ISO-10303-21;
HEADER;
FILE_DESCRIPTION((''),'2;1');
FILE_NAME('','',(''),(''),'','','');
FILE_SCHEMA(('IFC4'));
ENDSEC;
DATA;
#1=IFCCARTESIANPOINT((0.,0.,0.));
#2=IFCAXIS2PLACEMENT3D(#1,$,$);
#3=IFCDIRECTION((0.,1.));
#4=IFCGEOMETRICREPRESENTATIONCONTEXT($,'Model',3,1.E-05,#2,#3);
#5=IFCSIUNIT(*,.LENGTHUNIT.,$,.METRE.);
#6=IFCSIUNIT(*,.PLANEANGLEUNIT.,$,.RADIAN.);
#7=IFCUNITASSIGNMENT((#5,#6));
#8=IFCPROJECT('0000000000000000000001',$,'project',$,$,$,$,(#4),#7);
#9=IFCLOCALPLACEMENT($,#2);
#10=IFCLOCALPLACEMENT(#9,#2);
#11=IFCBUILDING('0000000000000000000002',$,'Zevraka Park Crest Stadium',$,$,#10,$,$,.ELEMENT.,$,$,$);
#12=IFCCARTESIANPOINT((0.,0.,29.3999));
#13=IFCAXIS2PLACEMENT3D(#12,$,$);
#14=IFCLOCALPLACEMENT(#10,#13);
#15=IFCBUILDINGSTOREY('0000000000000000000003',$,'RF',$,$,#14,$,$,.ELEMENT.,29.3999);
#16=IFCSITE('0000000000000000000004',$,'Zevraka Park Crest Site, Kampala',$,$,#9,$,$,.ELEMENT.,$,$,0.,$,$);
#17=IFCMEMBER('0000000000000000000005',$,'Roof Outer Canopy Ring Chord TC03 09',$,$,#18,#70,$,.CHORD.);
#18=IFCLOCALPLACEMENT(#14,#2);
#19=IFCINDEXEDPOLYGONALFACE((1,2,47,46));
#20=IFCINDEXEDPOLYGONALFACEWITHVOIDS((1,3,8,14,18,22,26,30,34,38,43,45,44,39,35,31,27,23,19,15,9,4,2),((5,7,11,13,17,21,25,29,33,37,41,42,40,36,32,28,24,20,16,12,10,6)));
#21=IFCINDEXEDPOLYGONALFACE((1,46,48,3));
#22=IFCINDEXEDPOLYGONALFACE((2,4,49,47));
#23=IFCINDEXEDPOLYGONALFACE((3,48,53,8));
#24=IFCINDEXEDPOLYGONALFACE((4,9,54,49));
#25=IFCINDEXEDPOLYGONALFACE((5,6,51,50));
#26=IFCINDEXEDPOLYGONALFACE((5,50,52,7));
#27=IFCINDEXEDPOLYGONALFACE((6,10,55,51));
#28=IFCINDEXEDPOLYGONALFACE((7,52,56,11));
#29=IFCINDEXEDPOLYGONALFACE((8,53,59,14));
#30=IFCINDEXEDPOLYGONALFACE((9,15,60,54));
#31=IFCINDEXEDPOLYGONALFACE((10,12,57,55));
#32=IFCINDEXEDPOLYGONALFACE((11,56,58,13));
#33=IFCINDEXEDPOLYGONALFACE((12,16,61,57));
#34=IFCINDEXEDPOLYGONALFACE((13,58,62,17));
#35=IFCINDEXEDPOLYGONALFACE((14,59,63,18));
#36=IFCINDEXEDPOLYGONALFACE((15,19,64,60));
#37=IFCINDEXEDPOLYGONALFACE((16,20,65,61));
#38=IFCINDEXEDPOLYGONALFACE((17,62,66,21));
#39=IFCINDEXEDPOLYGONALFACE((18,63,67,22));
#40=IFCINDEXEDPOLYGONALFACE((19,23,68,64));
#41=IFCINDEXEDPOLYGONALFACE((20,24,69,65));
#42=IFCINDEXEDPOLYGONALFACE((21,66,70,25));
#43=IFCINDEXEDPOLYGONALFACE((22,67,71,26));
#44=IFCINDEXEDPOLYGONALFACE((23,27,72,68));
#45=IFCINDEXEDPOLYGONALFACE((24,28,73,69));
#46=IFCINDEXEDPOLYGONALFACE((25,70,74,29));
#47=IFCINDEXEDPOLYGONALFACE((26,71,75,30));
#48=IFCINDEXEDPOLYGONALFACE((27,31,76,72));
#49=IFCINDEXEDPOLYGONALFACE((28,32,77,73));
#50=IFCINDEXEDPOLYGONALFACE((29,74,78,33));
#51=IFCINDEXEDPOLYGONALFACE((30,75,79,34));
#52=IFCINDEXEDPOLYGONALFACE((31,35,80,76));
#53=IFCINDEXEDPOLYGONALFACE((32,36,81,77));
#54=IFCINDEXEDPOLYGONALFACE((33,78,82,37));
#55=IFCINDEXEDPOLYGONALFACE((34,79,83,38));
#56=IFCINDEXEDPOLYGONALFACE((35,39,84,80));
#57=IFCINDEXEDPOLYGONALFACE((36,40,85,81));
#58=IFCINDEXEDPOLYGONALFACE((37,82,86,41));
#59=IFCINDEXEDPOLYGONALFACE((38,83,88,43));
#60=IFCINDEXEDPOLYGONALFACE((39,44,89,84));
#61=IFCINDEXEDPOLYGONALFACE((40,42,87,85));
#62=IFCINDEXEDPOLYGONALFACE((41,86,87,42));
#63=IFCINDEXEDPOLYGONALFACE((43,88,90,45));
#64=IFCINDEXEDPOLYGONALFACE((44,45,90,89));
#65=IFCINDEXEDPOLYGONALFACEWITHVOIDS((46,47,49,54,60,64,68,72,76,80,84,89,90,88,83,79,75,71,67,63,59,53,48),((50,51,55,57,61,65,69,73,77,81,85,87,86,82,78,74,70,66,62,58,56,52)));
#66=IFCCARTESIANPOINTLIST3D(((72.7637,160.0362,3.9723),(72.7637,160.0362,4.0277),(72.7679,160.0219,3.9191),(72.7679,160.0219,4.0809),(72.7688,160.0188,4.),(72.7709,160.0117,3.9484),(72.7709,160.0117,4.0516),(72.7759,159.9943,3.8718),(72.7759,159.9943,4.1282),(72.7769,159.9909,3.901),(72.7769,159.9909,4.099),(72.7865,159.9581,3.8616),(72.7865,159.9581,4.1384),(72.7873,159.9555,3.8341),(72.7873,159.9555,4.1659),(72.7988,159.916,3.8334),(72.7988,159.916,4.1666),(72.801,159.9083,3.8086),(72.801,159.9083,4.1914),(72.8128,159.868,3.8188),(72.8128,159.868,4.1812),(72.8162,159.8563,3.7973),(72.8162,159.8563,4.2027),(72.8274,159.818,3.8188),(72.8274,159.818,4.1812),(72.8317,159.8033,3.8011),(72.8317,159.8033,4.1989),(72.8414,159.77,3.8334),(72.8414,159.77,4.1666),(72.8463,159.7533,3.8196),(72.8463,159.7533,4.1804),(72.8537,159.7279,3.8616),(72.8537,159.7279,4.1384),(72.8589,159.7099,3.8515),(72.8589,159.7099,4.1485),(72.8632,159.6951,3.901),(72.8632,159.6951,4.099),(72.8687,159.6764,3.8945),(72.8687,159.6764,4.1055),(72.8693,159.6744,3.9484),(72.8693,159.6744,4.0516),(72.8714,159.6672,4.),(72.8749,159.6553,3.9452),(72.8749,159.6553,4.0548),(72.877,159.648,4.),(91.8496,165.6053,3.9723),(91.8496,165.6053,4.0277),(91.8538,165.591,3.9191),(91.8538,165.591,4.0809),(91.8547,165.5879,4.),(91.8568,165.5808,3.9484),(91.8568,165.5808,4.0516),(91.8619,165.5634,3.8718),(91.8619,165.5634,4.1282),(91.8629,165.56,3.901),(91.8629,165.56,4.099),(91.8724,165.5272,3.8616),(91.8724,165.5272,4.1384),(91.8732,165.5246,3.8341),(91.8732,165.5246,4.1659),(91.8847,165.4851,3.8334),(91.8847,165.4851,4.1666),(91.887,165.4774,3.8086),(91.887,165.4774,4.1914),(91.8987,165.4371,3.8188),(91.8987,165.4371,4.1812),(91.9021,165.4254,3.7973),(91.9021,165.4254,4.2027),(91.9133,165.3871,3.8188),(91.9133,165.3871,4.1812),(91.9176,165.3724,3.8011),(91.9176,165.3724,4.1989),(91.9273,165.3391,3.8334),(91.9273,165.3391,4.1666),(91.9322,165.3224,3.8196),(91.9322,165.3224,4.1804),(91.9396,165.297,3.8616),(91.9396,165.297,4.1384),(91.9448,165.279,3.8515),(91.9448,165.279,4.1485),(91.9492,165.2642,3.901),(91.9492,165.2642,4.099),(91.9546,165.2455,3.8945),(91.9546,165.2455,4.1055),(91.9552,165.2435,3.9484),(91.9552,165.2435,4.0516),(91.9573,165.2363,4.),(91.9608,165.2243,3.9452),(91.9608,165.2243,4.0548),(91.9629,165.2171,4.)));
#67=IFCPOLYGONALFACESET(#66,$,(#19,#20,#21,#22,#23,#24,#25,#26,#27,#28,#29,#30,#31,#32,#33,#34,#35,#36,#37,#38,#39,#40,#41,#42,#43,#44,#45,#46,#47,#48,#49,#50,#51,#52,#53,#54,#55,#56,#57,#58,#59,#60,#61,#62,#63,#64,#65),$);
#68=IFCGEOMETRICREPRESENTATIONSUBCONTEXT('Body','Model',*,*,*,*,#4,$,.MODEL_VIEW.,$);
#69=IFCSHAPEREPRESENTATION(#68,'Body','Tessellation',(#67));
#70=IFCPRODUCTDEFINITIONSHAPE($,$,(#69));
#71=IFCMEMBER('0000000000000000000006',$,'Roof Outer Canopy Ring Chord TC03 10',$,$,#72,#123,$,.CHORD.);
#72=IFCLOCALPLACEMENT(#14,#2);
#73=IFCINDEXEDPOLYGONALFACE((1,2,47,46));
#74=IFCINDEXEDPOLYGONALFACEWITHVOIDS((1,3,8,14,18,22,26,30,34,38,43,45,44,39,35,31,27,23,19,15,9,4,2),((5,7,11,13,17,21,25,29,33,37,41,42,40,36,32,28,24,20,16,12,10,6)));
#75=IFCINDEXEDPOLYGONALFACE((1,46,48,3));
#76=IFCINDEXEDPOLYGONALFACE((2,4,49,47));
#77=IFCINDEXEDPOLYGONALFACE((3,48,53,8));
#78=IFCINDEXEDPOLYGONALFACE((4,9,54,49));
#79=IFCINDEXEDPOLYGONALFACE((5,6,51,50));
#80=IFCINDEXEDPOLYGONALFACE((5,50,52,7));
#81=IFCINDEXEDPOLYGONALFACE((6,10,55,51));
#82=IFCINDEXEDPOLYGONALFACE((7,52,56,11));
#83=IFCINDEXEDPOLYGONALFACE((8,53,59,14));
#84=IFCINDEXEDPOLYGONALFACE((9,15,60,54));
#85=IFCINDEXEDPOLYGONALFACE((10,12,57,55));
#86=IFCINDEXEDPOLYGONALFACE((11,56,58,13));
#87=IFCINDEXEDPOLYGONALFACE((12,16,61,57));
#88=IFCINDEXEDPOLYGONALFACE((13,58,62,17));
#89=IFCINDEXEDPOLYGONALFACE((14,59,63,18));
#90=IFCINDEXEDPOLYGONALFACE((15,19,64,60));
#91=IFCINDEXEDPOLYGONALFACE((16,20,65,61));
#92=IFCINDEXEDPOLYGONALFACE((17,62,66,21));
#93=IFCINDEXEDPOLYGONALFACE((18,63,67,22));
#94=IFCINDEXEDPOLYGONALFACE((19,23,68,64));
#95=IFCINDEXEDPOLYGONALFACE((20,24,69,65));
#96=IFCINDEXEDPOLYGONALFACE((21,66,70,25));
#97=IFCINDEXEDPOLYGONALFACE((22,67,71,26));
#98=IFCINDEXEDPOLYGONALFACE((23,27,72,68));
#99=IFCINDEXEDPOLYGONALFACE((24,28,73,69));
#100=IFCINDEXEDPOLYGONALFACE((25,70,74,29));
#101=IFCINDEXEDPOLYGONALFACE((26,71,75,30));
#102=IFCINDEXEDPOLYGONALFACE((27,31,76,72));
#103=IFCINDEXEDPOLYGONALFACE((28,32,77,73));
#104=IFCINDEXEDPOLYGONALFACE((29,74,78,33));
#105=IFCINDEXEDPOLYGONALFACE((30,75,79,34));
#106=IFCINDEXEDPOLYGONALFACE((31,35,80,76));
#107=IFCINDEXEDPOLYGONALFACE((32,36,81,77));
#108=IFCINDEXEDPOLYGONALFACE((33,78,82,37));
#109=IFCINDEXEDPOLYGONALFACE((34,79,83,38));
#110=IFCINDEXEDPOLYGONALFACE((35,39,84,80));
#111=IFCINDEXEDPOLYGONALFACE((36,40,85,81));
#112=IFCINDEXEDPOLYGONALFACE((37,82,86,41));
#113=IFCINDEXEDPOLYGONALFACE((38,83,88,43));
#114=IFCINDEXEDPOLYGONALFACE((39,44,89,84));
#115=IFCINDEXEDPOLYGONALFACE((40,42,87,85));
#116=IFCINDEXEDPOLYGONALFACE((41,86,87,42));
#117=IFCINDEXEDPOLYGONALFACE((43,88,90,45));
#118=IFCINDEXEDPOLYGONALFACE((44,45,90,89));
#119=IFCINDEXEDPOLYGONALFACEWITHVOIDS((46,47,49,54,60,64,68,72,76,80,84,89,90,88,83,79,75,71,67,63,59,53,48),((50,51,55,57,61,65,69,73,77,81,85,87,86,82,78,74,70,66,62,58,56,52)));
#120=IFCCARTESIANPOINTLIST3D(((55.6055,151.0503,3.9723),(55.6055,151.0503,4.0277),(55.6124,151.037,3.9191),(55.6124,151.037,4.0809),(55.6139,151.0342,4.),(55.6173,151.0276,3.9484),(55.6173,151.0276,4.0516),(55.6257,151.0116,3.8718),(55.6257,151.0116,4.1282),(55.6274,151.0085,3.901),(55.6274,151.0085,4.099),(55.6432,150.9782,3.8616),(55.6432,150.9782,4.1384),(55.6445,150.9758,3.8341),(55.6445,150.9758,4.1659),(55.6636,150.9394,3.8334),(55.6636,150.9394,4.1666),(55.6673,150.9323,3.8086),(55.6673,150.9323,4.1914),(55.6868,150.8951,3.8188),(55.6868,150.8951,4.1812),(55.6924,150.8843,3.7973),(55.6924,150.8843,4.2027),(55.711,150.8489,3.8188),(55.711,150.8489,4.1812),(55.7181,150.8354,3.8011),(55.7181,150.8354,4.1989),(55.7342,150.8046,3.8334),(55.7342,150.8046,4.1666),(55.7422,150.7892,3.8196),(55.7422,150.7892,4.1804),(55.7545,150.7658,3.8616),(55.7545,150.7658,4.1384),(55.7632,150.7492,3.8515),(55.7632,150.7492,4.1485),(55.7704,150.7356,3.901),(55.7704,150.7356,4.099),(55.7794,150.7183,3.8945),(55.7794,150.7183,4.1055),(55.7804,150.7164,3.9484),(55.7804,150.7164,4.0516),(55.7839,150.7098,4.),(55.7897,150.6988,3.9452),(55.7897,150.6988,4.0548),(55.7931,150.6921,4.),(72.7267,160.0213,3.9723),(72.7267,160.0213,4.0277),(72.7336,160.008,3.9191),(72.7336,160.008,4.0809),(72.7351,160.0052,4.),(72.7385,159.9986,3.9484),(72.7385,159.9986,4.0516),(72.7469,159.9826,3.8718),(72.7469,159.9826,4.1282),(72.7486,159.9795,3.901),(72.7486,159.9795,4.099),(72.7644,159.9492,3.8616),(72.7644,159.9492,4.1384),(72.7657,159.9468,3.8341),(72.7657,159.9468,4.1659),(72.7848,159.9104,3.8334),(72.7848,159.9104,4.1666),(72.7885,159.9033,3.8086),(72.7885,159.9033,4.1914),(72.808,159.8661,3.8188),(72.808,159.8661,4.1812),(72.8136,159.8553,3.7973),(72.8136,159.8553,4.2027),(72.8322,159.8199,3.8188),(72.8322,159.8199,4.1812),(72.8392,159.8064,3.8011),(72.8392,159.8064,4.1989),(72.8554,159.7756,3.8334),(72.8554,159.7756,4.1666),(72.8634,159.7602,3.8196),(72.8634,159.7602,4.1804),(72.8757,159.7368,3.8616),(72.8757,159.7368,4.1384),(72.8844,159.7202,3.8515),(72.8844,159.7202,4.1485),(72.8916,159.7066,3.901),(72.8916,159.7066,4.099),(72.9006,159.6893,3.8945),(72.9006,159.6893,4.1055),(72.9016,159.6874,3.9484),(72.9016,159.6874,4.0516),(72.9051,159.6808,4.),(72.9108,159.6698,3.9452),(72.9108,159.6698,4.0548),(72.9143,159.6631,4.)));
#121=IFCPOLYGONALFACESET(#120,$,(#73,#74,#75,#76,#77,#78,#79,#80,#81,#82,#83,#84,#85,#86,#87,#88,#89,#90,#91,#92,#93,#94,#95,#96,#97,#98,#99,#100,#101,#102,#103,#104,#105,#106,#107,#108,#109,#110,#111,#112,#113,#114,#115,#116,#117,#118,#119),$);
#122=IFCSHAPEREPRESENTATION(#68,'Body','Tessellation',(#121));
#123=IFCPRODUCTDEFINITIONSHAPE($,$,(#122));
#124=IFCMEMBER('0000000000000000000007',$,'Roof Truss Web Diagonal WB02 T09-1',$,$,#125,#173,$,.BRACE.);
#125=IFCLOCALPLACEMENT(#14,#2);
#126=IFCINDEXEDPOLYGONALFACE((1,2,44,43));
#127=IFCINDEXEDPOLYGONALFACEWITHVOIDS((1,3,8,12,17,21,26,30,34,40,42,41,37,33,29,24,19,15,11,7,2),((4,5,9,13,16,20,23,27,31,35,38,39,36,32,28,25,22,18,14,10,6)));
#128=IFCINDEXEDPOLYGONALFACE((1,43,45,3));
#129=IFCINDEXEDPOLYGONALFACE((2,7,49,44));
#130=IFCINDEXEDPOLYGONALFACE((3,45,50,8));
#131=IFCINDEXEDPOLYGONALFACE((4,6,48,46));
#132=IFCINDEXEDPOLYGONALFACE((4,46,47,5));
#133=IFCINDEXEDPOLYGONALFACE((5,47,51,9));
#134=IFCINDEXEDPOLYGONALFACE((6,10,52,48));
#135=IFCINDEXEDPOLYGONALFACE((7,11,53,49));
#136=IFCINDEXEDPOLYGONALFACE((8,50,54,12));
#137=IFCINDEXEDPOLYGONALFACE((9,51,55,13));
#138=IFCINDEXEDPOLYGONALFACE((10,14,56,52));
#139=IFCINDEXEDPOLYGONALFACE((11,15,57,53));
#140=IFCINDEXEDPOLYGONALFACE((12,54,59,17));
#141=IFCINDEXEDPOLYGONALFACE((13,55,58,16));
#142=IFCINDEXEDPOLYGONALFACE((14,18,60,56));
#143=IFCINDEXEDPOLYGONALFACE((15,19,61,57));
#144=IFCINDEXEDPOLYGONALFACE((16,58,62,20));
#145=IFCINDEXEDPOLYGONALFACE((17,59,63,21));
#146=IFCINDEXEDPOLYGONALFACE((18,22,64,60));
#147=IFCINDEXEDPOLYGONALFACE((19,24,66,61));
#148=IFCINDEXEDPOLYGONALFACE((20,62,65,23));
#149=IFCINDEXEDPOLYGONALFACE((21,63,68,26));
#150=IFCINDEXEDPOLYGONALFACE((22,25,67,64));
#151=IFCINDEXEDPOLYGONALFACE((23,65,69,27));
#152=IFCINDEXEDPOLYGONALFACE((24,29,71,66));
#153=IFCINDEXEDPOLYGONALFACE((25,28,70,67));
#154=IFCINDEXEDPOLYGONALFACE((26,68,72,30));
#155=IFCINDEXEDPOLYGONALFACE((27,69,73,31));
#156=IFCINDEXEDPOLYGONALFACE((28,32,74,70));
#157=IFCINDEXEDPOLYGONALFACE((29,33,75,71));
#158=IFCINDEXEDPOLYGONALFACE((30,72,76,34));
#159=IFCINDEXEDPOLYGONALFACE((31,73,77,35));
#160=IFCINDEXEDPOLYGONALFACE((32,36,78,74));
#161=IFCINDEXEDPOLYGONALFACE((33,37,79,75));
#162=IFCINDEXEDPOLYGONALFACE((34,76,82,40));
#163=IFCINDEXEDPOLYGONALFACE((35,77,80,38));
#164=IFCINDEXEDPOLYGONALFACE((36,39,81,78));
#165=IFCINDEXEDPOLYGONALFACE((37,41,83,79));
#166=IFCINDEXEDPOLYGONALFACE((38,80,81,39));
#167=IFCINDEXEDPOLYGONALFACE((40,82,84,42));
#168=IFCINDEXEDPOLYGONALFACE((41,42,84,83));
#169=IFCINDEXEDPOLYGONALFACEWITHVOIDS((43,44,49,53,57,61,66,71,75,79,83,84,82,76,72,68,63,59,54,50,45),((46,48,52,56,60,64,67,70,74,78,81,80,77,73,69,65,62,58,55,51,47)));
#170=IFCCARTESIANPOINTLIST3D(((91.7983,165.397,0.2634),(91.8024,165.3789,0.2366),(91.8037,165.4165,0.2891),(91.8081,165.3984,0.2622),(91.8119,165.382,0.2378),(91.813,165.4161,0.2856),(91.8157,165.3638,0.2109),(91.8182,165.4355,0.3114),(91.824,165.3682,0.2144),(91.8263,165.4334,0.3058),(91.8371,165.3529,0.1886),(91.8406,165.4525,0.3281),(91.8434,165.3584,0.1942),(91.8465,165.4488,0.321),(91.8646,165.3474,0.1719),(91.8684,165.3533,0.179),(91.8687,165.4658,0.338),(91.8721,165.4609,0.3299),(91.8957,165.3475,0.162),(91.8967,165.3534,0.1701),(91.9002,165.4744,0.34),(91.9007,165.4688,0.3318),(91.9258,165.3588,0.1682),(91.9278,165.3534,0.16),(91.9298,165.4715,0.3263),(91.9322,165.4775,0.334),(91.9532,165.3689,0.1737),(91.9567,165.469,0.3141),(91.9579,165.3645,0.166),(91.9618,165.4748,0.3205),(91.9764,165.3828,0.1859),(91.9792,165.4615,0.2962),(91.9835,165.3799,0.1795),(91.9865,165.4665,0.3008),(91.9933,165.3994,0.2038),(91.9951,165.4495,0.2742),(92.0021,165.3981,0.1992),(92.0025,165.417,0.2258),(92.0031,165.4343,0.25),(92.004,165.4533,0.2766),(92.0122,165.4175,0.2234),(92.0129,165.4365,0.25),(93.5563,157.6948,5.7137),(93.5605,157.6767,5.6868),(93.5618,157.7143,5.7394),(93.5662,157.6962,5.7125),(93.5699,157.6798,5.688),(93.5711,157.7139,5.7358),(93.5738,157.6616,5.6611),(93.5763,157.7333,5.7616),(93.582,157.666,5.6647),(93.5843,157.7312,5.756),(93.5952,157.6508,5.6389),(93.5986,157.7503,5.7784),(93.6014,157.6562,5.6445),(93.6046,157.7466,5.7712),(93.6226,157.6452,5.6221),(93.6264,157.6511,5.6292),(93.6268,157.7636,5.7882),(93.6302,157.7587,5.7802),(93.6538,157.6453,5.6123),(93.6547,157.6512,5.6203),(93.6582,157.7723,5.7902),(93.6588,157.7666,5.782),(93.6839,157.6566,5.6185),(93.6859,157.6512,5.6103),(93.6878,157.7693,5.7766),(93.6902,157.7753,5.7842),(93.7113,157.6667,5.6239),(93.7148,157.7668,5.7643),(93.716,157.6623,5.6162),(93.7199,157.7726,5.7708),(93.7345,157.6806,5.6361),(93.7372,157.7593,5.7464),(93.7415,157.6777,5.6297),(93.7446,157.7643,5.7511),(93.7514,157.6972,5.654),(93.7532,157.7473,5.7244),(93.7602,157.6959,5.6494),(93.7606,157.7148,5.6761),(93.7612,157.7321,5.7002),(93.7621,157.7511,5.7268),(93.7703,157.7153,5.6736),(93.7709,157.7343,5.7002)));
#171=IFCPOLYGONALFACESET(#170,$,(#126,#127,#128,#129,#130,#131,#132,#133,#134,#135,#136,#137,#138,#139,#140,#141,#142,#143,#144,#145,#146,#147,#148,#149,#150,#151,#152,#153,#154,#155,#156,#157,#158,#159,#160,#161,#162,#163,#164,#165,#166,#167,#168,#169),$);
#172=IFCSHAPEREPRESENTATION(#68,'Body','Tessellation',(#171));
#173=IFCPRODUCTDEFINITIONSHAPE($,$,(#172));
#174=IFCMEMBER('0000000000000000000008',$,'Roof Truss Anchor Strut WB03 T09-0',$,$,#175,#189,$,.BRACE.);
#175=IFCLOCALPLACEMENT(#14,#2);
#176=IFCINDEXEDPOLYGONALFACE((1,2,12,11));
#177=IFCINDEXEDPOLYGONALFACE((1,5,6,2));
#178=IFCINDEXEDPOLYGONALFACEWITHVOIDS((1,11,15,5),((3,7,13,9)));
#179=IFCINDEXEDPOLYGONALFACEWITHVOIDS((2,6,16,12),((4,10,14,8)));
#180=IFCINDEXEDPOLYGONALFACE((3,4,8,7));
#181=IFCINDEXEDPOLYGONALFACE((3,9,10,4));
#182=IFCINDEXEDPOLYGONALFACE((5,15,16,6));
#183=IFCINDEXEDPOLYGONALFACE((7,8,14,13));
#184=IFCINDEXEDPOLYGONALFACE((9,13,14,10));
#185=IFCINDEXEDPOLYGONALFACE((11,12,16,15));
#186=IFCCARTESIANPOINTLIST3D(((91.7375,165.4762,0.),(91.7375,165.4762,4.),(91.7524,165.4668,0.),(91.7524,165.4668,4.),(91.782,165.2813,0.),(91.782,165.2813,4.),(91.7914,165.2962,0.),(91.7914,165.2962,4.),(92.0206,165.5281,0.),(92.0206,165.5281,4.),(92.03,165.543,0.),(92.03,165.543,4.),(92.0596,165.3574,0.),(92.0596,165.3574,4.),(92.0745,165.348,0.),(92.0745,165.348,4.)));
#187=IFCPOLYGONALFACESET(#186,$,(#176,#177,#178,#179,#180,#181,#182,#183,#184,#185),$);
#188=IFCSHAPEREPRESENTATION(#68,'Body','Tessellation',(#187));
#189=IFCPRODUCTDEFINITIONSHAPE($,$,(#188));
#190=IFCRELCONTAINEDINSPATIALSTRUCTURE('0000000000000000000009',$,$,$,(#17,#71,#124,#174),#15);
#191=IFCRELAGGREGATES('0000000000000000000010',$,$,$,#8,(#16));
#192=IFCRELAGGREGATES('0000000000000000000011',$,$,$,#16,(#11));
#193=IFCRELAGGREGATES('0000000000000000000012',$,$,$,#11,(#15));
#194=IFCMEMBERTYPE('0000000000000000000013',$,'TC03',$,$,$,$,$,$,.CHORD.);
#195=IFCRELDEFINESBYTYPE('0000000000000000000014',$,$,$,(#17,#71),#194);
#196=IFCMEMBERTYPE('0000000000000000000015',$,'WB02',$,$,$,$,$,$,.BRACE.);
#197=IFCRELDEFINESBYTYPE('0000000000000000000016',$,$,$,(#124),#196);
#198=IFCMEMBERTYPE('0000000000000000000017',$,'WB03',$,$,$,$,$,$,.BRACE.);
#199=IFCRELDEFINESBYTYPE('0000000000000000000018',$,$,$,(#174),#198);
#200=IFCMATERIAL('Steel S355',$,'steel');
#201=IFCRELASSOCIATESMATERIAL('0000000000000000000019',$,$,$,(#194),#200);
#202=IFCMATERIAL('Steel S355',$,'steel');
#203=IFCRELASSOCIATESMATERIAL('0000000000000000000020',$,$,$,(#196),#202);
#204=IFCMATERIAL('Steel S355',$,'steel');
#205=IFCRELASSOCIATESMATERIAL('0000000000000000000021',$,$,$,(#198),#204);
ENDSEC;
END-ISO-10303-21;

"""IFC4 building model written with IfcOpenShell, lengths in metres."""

from ifc_helpers import new_model, si_unit, direction, frame, origin, origin_2d, place, context, subcontext, project, spatial, hollow_rectangle, hollow_circle, extrude, material, material_profile, profile_set, type_object, element, save


model = new_model("IFC4")

# Units and contexts
model_context = context("Model", 3, precision=1e-05, world=origin(), true_north=direction((0.0, 1.0)))
body_context = subcontext(model_context, "Body", "Model", "MODEL_VIEW")
ifc_project = project(units=[si_unit("LENGTHUNIT", "METRE"), si_unit("PLANEANGLEUNIT", "RADIAN")], contexts=[model_context])

# Site, building, storey
site_placement = place(None, origin())
site = spatial("IfcSite", under=ifc_project, at=site_placement, Name="Zevraka Park Crest Site, Kampala", CompositionType="ELEMENT", RefElevation=0.0)
building_placement = place(site_placement, origin())
building = spatial("IfcBuilding", under=site, at=building_placement, Name="Zevraka Park Crest Stadium", CompositionType="ELEMENT")
storey_placement = place(building_placement, frame((0.0, 0.0, 29.3999)))
storey = spatial("IfcBuildingStorey", under=building, at=storey_placement, Name="RF", CompositionType="ELEMENT", Elevation=29.3999)

# Members
ifc_material_1 = material(Name="Steel S355", Category="steel")
ifc_material_profile_1 = material_profile(ifc_material_1, hollow_circle(Radius=0.2031, WallThickness=0.02, at=origin_2d()), Name="CHS 406.4x20")
ifc_profile_set_1 = profile_set([ifc_material_profile_1], Name="Steel S355")
member_type_1 = type_object("IfcMemberType", Name="TC03", PredefinedType="CHORD", material=ifc_profile_set_1)
member_1_placement = place(storey_placement, frame((91.906, 165.4121, 4.0), z_axis=(-0.959968, -0.280109, 0.0), x_axis=(0.280109, -0.959968, 0.0)))
element("IfcMember", 1, at=member_1_placement, inside=storey, type_object=member_type_1, Name="Roof Outer Canopy Ring Chord TC03 09", PredefinedType="CHORD", context=body_context, shape_type="SweptSolid", body=[
    extrude(hollow_circle(Radius=0.2031, WallThickness=0.02, at=origin_2d()), origin(), (0.0, 0.0, 1.0), 19.8818),
])
member_2_placement = place(storey_placement, frame((72.8201, 159.843, 4.0), z_axis=(-0.885773, -0.464119, 0.0), x_axis=(0.464119, -0.885773, 0.0)))
element("IfcMember", 2, at=member_2_placement, inside=storey, type_object=member_type_1, Name="Roof Outer Canopy Ring Chord TC03 10", PredefinedType="CHORD", context=body_context, shape_type="SweptSolid", body=[
    extrude(hollow_circle(Radius=0.2031, WallThickness=0.02, at=origin_2d()), origin(), (0.0, 0.0, 1.0), 19.3291),
])
ifc_material_2 = material(Name="Steel S355", Category="steel")
ifc_material_profile_2 = material_profile(ifc_material_2, hollow_circle(Radius=0.1096, WallThickness=0.01, at=origin_2d()), Name="CHS 219.1x10")
ifc_profile_set_2 = profile_set([ifc_material_profile_2], Name="Steel S355")
member_type_2 = type_object("IfcMemberType", Name="WB02", PredefinedType="BRACE", material=ifc_profile_set_2)
member_3_placement = place(storey_placement, frame((91.906, 165.4121, 0.25), z_axis=(0.183172, -0.802488, 0.567857), x_axis=(0.974925, 0.222532, 0.0)))
element("IfcMember", 3, at=member_3_placement, inside=storey, type_object=member_type_2, Name="Roof Truss Web Diagonal WB02 T09-1", PredefinedType="BRACE", context=body_context, shape_type="SweptSolid", body=[
    extrude(hollow_circle(Radius=0.1096, WallThickness=0.01, at=origin_2d()), origin(), (0.0, 0.0, 1.0), 9.5979),
])
ifc_material_3 = material(Name="Steel S355", Category="steel")
ifc_material_profile_3 = material_profile(ifc_material_3, hollow_rectangle(XDim=0.2, YDim=0.3, WallThickness=0.0125, at=origin_2d()), Name="RHS 300x200x12.5")
ifc_profile_set_3 = profile_set([ifc_material_profile_3], Name="Steel S355")
member_type_3 = type_object("IfcMemberType", Name="WB03", PredefinedType="BRACE", material=ifc_profile_set_3)
member_4_placement = place(storey_placement, frame((91.906, 165.4121, 0.0), z_axis=(0.0, 0.0, 1.0), x_axis=(-0.22257, 0.974917, 0.0)))
element("IfcMember", 4, at=member_4_placement, inside=storey, type_object=member_type_3, Name="Roof Truss Anchor Strut WB03 T09-0", PredefinedType="BRACE", context=body_context, shape_type="SweptSolid", body=[
    extrude(hollow_rectangle(XDim=0.2, YDim=0.3, WallThickness=0.0125, at=origin_2d()), origin(), (0.0, 0.0, 1.0), 4.0),
])

save(model, "model.ifc")
